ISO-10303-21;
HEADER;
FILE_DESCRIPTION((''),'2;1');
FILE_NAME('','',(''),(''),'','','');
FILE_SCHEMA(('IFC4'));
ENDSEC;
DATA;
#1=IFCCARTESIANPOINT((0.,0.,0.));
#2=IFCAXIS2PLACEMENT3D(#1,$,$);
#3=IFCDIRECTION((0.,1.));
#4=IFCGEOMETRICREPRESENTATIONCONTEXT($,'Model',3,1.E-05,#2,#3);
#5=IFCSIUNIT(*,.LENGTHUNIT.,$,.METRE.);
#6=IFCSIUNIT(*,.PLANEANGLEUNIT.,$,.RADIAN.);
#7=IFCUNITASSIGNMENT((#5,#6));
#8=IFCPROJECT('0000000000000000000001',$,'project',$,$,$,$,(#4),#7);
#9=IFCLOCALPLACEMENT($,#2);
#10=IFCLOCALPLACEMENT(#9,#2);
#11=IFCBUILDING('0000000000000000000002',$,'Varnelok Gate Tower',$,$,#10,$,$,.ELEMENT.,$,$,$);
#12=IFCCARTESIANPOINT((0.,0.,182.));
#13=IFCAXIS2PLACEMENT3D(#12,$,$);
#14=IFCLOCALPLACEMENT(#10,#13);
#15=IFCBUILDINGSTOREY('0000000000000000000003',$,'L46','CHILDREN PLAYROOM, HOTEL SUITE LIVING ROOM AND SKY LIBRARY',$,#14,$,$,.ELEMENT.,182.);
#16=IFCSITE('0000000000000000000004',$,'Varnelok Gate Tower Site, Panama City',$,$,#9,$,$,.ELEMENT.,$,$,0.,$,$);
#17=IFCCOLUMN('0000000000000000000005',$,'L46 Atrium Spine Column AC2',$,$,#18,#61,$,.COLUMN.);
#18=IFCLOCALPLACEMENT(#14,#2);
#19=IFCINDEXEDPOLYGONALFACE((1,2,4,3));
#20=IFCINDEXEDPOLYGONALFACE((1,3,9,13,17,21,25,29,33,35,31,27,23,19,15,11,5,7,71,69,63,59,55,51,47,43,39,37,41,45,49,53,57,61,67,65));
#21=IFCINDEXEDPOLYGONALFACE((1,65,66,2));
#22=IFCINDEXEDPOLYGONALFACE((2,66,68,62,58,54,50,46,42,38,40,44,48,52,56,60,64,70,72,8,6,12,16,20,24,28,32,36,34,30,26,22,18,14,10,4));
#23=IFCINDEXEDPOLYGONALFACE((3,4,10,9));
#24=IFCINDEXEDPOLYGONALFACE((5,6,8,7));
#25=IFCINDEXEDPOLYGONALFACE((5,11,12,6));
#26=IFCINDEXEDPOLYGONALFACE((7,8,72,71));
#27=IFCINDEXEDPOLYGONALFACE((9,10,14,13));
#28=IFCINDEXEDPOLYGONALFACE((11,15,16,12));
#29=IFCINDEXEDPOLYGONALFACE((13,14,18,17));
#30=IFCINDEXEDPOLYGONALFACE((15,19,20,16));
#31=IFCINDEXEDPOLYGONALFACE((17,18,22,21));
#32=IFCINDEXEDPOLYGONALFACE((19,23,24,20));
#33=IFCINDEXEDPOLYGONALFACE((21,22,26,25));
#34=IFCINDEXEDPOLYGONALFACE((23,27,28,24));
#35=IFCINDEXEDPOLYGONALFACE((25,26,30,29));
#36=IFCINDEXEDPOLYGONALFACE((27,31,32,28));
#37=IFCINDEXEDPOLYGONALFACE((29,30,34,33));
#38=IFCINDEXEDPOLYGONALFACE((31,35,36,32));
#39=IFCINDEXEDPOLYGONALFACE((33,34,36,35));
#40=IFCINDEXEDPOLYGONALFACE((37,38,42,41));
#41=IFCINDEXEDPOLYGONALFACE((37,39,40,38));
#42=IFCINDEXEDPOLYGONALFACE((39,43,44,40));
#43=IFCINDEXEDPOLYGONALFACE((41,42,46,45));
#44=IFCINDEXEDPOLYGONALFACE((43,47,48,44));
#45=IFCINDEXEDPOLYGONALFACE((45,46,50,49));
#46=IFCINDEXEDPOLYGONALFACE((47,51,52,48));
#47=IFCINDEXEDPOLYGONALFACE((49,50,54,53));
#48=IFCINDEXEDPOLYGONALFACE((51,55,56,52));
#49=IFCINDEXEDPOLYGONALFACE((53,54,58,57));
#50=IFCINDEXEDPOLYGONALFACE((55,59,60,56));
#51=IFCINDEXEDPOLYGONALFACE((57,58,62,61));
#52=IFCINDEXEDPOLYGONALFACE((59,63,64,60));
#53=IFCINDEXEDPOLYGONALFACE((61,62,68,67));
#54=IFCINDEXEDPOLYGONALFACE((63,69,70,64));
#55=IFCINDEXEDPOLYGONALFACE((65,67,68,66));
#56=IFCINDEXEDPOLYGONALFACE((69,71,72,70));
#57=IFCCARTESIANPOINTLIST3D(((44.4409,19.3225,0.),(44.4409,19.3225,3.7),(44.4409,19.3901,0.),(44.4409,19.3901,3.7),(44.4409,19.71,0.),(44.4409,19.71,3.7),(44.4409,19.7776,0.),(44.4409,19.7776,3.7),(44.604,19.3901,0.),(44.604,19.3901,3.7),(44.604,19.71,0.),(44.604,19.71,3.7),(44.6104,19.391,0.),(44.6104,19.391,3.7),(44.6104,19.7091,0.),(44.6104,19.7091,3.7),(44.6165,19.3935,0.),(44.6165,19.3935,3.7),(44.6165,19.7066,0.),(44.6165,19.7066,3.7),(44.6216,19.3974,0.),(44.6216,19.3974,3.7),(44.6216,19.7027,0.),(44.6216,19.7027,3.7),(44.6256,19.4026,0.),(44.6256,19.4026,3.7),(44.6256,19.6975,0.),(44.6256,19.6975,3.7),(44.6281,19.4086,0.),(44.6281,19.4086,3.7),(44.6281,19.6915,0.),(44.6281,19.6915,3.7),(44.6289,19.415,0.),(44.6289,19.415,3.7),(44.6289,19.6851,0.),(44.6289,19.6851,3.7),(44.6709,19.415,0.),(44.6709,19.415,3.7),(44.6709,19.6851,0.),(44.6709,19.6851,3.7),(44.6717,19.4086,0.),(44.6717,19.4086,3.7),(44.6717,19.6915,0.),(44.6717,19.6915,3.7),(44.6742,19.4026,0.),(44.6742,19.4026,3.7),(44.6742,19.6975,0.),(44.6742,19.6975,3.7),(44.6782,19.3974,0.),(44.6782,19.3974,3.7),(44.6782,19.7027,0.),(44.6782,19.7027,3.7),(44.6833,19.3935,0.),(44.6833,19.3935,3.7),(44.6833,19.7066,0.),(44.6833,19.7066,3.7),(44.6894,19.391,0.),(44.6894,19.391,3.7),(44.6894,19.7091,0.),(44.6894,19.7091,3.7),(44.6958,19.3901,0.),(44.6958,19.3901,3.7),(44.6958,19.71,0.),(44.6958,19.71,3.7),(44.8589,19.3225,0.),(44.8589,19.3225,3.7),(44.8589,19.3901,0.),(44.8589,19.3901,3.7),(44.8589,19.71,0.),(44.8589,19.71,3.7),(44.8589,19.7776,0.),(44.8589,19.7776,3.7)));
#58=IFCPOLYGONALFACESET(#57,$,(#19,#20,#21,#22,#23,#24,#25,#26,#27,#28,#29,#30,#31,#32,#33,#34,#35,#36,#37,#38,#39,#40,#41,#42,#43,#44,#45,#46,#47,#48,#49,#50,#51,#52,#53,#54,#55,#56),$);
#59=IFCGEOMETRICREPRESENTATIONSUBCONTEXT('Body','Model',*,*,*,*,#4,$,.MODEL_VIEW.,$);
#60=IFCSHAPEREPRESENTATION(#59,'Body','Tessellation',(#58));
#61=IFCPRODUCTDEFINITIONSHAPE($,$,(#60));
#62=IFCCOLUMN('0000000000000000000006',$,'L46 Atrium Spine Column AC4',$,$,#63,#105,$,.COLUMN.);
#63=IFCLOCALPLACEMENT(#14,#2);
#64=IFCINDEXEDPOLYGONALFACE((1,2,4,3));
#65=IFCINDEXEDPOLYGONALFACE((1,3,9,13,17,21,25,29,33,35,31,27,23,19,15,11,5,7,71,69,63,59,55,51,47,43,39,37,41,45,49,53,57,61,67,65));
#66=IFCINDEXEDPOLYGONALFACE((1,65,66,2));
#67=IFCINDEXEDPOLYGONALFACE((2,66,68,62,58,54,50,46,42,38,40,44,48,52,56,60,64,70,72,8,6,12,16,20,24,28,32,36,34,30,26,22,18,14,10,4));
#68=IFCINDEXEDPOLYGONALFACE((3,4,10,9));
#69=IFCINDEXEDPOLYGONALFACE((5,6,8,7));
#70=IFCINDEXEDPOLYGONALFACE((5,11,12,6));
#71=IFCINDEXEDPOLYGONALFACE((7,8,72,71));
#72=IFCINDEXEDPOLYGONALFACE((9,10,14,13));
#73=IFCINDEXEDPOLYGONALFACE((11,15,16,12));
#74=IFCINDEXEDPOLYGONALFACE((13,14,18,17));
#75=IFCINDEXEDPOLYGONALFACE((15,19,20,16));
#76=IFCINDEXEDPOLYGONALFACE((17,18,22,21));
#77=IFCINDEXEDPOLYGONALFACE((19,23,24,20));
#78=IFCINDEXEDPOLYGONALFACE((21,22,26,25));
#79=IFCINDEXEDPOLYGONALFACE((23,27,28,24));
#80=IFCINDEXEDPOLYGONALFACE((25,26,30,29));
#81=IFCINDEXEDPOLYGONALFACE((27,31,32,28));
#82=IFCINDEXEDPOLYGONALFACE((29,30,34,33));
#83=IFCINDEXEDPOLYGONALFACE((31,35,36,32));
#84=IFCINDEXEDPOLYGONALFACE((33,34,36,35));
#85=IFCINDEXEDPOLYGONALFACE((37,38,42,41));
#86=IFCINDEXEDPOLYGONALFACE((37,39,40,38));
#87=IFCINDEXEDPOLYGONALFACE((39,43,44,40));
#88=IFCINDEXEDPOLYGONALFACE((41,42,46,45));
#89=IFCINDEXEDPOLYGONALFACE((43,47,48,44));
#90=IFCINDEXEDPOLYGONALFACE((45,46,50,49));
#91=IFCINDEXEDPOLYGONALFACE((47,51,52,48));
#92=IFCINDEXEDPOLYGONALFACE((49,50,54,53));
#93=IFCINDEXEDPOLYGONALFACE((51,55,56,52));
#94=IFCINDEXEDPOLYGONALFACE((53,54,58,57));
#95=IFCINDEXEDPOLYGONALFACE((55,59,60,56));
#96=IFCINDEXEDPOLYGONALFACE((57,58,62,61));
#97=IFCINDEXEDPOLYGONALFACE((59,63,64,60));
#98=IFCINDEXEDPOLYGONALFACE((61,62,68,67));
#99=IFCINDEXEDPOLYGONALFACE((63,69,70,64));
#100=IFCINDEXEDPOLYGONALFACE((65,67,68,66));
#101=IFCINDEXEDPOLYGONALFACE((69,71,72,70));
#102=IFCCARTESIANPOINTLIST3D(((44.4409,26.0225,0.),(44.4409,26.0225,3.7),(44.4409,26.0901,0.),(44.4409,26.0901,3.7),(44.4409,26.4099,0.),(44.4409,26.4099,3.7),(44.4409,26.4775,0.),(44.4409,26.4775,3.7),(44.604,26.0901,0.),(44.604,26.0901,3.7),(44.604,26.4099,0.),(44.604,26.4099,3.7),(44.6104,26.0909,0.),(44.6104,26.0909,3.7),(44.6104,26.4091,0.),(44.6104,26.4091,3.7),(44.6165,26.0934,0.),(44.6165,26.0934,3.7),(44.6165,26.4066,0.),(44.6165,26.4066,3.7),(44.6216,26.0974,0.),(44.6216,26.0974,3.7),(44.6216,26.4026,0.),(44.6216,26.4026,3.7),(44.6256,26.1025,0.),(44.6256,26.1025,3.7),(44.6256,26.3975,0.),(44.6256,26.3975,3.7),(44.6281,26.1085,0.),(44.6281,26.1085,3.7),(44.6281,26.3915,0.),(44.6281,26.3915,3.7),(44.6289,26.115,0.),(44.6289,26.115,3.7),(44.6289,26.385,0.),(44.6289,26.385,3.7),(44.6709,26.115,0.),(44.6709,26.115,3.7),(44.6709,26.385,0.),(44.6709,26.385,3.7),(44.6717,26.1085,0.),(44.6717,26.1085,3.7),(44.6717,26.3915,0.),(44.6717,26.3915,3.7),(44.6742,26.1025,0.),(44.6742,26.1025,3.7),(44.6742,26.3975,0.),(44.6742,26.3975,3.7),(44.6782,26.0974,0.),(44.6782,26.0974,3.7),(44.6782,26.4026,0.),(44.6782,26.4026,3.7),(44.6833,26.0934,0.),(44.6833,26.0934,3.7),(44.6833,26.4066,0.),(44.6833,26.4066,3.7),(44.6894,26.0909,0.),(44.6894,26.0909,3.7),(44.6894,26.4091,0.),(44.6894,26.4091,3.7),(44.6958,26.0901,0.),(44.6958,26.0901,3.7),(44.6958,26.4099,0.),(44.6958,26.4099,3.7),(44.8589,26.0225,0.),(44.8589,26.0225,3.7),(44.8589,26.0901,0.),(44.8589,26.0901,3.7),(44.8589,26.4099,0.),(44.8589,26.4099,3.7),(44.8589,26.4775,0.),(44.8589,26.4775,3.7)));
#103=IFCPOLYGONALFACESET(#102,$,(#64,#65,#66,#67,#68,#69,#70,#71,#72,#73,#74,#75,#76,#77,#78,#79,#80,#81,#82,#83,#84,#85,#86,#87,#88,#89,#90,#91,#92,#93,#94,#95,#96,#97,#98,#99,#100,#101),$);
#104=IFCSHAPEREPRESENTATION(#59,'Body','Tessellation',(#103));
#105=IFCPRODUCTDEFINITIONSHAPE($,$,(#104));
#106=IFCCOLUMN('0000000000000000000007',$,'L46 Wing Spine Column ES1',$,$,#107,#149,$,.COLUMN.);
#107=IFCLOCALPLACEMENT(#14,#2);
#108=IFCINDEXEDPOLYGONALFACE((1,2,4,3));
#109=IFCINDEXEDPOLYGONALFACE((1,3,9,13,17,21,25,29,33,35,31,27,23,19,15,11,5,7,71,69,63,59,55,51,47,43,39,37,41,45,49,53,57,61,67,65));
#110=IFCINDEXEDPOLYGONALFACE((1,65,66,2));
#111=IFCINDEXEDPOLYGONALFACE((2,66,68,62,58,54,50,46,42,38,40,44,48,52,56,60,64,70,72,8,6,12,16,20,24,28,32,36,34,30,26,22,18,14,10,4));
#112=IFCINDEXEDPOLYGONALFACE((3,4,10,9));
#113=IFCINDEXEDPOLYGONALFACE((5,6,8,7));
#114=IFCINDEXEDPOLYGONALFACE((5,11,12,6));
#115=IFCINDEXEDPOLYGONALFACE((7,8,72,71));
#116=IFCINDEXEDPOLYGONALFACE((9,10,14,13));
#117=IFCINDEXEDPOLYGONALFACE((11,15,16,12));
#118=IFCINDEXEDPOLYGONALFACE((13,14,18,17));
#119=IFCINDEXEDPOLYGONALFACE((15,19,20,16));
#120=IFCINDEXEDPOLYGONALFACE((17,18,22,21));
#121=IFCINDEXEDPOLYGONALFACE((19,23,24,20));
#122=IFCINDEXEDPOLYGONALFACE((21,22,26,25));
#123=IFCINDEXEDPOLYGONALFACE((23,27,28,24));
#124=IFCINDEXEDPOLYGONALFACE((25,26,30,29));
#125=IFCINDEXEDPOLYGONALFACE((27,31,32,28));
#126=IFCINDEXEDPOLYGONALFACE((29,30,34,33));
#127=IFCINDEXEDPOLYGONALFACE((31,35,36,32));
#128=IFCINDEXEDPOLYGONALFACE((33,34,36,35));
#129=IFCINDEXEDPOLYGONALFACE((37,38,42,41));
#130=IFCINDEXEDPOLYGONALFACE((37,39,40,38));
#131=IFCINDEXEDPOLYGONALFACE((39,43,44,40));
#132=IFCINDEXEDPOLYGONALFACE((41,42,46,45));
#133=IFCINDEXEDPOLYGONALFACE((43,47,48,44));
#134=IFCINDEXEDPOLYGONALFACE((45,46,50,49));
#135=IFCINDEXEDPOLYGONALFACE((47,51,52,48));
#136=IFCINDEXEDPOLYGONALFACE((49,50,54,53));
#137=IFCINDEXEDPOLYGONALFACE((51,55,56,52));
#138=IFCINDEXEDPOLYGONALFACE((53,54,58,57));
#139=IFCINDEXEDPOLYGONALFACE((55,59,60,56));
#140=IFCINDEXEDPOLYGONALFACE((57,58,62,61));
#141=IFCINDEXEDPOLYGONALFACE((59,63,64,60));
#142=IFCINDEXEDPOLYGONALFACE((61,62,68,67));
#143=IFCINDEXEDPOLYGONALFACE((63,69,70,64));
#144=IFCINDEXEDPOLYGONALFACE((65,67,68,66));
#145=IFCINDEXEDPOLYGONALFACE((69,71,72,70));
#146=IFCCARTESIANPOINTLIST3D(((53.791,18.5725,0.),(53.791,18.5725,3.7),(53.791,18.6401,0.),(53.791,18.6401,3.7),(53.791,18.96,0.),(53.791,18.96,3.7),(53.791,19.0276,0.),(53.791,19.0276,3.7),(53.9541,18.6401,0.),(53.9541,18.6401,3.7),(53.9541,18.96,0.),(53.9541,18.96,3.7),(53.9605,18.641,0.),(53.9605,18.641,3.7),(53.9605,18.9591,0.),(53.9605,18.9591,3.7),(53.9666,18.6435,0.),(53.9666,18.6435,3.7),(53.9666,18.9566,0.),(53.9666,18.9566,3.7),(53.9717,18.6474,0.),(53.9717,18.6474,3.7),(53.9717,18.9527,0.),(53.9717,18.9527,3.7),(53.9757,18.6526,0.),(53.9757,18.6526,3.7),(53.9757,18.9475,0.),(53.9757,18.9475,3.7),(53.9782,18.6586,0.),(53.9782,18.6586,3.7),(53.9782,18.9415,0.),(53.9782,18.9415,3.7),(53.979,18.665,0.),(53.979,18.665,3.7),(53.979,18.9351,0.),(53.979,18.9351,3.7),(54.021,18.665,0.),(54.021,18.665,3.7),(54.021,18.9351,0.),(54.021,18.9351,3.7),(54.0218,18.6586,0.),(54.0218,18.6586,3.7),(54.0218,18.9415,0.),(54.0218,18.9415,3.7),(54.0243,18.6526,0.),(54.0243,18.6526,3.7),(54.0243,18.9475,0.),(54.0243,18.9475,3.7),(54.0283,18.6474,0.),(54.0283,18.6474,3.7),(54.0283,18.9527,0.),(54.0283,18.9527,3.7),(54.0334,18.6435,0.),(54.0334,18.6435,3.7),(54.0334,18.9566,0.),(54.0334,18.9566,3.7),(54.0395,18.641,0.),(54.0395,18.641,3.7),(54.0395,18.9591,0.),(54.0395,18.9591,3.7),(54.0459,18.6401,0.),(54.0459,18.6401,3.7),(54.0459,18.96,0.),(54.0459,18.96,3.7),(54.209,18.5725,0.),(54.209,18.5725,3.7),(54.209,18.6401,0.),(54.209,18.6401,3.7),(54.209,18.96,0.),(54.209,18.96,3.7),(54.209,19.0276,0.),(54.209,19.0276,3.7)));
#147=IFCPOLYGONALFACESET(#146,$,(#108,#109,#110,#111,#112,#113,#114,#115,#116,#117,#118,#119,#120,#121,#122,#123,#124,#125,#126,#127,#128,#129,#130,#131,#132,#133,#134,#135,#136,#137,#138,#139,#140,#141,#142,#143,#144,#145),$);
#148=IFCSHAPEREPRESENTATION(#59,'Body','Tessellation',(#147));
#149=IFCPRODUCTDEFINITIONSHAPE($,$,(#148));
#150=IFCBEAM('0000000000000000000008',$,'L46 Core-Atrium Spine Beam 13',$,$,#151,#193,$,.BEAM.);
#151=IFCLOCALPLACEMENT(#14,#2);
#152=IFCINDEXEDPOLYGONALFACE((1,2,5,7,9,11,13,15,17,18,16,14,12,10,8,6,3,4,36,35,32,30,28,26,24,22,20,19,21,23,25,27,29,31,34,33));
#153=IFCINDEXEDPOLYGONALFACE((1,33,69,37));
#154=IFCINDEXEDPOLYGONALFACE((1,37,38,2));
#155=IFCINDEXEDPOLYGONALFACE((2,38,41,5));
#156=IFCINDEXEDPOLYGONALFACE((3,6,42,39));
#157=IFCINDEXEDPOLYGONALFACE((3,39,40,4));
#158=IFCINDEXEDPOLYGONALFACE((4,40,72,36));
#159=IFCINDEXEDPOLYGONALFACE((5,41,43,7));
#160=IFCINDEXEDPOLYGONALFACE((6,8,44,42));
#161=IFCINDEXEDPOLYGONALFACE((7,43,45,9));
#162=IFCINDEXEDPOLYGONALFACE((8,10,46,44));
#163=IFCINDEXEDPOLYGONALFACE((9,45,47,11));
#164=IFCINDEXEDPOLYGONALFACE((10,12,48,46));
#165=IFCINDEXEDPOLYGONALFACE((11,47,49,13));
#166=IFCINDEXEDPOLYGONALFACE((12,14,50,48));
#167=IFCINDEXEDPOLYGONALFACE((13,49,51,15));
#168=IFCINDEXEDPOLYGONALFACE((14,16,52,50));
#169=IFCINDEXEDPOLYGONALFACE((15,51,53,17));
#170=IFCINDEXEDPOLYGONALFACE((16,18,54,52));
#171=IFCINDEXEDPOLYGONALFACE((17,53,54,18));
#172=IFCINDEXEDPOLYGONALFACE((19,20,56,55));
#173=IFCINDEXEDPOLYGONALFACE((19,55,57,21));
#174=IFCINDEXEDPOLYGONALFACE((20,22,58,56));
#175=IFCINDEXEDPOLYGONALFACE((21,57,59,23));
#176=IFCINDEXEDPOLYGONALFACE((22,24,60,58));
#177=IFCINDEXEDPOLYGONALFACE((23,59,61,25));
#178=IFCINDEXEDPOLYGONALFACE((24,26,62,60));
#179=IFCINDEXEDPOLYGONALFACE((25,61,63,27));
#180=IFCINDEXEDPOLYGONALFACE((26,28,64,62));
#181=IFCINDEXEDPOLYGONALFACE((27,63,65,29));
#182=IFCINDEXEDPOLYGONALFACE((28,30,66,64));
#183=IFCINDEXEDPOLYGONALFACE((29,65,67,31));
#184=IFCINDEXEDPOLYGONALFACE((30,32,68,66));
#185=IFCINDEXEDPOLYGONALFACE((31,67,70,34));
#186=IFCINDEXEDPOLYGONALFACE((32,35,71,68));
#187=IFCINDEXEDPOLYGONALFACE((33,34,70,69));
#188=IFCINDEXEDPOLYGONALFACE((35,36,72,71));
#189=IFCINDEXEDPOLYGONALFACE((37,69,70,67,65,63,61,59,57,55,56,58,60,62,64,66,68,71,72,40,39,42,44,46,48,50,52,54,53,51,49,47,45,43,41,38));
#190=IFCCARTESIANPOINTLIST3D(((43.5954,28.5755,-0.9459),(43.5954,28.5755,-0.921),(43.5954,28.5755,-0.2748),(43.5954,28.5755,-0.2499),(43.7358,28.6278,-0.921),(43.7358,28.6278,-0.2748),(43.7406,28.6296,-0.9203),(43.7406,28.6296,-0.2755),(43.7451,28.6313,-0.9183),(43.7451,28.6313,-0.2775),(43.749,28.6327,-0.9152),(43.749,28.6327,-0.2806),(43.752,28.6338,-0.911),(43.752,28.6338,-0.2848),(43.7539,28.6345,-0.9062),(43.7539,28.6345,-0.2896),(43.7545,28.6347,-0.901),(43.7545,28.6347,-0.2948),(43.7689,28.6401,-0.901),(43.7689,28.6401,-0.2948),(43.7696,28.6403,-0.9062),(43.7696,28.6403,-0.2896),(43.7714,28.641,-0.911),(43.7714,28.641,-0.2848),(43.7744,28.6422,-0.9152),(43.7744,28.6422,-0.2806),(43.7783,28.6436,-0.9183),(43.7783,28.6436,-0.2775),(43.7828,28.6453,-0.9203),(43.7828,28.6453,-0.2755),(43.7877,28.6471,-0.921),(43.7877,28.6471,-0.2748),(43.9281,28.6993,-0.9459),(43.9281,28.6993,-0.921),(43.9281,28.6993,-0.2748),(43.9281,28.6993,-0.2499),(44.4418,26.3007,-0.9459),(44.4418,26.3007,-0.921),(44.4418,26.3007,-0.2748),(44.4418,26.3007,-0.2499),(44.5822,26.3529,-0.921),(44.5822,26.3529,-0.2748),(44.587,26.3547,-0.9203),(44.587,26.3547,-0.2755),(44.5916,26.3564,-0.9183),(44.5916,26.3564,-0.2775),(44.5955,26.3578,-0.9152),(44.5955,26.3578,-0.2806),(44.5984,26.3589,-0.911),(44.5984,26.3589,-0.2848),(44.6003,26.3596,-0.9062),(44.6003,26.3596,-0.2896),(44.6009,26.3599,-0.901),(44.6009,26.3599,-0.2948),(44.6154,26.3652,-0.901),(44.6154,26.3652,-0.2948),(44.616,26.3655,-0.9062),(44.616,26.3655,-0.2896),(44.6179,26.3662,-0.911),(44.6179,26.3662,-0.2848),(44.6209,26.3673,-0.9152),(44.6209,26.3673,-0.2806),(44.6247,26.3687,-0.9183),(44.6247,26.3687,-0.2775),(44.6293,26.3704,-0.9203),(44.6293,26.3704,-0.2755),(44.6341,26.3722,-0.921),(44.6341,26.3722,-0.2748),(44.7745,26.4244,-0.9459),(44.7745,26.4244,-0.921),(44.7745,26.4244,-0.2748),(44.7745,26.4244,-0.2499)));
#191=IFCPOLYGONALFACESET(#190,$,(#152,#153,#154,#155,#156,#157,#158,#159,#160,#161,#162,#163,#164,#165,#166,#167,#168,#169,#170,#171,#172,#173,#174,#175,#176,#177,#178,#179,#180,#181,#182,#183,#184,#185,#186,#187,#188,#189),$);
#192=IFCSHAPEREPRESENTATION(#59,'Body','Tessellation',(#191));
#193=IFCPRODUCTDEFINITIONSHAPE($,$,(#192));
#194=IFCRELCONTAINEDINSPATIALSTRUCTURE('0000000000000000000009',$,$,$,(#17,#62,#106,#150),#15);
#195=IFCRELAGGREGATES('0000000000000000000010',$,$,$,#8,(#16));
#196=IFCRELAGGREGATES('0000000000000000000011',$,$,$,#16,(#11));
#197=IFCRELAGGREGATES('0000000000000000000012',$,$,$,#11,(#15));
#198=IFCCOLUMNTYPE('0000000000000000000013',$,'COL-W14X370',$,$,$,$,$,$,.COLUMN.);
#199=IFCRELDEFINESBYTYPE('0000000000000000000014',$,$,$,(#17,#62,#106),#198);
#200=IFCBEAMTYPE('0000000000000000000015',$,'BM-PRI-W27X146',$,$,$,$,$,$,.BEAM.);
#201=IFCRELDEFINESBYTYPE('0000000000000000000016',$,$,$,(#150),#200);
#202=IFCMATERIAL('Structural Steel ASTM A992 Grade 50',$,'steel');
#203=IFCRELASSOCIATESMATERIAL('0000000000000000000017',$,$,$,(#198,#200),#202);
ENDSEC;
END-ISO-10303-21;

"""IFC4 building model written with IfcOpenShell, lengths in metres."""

from ifc_helpers import new_model, si_unit, direction, frame, origin, origin_2d, place, context, subcontext, project, spatial, i_section, extrude, material, material_profile, profile_set, type_object, element, save


model = new_model("IFC4")

# Units and contexts
model_context = context("Model", 3, precision=1e-05, world=origin(), true_north=direction((0.0, 1.0)))
body_context = subcontext(model_context, "Body", "Model", "MODEL_VIEW")
ifc_project = project(units=[si_unit("LENGTHUNIT", "METRE"), si_unit("PLANEANGLEUNIT", "RADIAN")], contexts=[model_context])

# Site, building, storey
site_placement = place(None, origin())
site = spatial("IfcSite", under=ifc_project, at=site_placement, Name="Varnelok Gate Tower Site, Panama City", CompositionType="ELEMENT", RefElevation=0.0)
building_placement = place(site_placement, origin())
building = spatial("IfcBuilding", under=site, at=building_placement, Name="Varnelok Gate Tower", CompositionType="ELEMENT")
storey_placement = place(building_placement, frame((0.0, 0.0, 182.0)))
storey = spatial("IfcBuildingStorey", under=building, at=storey_placement, Name="L46", Description="CHILDREN PLAYROOM, HOTEL SUITE LIVING ROOM AND SKY LIBRARY", CompositionType="ELEMENT", Elevation=182.0)

# Columns
ifc_material_1 = material(Name="Structural Steel ASTM A992 Grade 50", Category="steel")
ifc_material_profile_1 = material_profile(ifc_material_1, i_section(OverallWidth=0.418, OverallDepth=0.4551, WebThickness=0.042, FlangeThickness=0.0676, FilletRadius=0.0249, at=origin_2d()), Name="W14X370")
ifc_profile_set_1 = profile_set([ifc_material_profile_1], Name="Structural Steel ASTM A992 Grade 50")
column_type = type_object("IfcColumnType", Name="COL-W14X370", PredefinedType="COLUMN", material=ifc_profile_set_1)
for number, where, z_axis, x_axis, name in (
    (1, (44.6499, 19.55, 0.0), (0.0, 0.0, 1.0), (1.0, 0.0, 0.0), "L46 Atrium Spine Column AC2"),
    (2, (44.6499, 26.25, 0.0), (0.0, 0.0, 1.0), (1.0, 0.0, 0.0), "L46 Atrium Spine Column AC4"),
    (3, (54.0, 18.8, 0.0), (0.0, 0.0, 1.0), (1.0, 0.0, 0.0), "L46 Wing Spine Column ES1"),
):
    element("IfcColumn", number, at=place(storey_placement, frame(where, z_axis=z_axis, x_axis=x_axis)), inside=storey, type_object=column_type, Name=name, PredefinedType="COLUMN", context=body_context, shape_type="SweptSolid", body=[
        extrude(i_section(OverallWidth=0.418, OverallDepth=0.4551, WebThickness=0.042, FlangeThickness=0.0676, FilletRadius=0.0249, at=origin_2d()), origin(), (0.0, 0.0, 1.0), 3.7),
    ])

# Beam
ifc_material_profile_2 = material_profile(ifc_material_1, i_section(OverallWidth=0.355, OverallDepth=0.696, WebThickness=0.0154, FlangeThickness=0.0249, FilletRadius=0.02, at=origin_2d()), Name="W27X146")
ifc_profile_set_2 = profile_set([ifc_material_profile_2], Name="Structural Steel ASTM A992 Grade 50")
beam_type_1 = type_object("IfcBeamType", Name="BM-PRI-W27X146", PredefinedType="BEAM", material=ifc_profile_set_2)
beam_1_placement = place(storey_placement, frame((44.6082, 26.3625, -0.5979), z_axis=(-0.348719, 0.937227, 0.0), x_axis=(-0.937227, -0.348719, 0.0)))
element("IfcBeam", 4, at=beam_1_placement, inside=storey, type_object=beam_type_1, Name="L46 Core-Atrium Spine Beam 13", PredefinedType="BEAM", context=body_context, shape_type="SweptSolid", body=[
    extrude(i_section(OverallWidth=0.355, OverallDepth=0.696, WebThickness=0.0154, FlangeThickness=0.0249, FilletRadius=0.02, at=origin_2d()), origin(), (0.0, 0.0, 1.0), 2.4272),
])

save(model, "model.ifc")
